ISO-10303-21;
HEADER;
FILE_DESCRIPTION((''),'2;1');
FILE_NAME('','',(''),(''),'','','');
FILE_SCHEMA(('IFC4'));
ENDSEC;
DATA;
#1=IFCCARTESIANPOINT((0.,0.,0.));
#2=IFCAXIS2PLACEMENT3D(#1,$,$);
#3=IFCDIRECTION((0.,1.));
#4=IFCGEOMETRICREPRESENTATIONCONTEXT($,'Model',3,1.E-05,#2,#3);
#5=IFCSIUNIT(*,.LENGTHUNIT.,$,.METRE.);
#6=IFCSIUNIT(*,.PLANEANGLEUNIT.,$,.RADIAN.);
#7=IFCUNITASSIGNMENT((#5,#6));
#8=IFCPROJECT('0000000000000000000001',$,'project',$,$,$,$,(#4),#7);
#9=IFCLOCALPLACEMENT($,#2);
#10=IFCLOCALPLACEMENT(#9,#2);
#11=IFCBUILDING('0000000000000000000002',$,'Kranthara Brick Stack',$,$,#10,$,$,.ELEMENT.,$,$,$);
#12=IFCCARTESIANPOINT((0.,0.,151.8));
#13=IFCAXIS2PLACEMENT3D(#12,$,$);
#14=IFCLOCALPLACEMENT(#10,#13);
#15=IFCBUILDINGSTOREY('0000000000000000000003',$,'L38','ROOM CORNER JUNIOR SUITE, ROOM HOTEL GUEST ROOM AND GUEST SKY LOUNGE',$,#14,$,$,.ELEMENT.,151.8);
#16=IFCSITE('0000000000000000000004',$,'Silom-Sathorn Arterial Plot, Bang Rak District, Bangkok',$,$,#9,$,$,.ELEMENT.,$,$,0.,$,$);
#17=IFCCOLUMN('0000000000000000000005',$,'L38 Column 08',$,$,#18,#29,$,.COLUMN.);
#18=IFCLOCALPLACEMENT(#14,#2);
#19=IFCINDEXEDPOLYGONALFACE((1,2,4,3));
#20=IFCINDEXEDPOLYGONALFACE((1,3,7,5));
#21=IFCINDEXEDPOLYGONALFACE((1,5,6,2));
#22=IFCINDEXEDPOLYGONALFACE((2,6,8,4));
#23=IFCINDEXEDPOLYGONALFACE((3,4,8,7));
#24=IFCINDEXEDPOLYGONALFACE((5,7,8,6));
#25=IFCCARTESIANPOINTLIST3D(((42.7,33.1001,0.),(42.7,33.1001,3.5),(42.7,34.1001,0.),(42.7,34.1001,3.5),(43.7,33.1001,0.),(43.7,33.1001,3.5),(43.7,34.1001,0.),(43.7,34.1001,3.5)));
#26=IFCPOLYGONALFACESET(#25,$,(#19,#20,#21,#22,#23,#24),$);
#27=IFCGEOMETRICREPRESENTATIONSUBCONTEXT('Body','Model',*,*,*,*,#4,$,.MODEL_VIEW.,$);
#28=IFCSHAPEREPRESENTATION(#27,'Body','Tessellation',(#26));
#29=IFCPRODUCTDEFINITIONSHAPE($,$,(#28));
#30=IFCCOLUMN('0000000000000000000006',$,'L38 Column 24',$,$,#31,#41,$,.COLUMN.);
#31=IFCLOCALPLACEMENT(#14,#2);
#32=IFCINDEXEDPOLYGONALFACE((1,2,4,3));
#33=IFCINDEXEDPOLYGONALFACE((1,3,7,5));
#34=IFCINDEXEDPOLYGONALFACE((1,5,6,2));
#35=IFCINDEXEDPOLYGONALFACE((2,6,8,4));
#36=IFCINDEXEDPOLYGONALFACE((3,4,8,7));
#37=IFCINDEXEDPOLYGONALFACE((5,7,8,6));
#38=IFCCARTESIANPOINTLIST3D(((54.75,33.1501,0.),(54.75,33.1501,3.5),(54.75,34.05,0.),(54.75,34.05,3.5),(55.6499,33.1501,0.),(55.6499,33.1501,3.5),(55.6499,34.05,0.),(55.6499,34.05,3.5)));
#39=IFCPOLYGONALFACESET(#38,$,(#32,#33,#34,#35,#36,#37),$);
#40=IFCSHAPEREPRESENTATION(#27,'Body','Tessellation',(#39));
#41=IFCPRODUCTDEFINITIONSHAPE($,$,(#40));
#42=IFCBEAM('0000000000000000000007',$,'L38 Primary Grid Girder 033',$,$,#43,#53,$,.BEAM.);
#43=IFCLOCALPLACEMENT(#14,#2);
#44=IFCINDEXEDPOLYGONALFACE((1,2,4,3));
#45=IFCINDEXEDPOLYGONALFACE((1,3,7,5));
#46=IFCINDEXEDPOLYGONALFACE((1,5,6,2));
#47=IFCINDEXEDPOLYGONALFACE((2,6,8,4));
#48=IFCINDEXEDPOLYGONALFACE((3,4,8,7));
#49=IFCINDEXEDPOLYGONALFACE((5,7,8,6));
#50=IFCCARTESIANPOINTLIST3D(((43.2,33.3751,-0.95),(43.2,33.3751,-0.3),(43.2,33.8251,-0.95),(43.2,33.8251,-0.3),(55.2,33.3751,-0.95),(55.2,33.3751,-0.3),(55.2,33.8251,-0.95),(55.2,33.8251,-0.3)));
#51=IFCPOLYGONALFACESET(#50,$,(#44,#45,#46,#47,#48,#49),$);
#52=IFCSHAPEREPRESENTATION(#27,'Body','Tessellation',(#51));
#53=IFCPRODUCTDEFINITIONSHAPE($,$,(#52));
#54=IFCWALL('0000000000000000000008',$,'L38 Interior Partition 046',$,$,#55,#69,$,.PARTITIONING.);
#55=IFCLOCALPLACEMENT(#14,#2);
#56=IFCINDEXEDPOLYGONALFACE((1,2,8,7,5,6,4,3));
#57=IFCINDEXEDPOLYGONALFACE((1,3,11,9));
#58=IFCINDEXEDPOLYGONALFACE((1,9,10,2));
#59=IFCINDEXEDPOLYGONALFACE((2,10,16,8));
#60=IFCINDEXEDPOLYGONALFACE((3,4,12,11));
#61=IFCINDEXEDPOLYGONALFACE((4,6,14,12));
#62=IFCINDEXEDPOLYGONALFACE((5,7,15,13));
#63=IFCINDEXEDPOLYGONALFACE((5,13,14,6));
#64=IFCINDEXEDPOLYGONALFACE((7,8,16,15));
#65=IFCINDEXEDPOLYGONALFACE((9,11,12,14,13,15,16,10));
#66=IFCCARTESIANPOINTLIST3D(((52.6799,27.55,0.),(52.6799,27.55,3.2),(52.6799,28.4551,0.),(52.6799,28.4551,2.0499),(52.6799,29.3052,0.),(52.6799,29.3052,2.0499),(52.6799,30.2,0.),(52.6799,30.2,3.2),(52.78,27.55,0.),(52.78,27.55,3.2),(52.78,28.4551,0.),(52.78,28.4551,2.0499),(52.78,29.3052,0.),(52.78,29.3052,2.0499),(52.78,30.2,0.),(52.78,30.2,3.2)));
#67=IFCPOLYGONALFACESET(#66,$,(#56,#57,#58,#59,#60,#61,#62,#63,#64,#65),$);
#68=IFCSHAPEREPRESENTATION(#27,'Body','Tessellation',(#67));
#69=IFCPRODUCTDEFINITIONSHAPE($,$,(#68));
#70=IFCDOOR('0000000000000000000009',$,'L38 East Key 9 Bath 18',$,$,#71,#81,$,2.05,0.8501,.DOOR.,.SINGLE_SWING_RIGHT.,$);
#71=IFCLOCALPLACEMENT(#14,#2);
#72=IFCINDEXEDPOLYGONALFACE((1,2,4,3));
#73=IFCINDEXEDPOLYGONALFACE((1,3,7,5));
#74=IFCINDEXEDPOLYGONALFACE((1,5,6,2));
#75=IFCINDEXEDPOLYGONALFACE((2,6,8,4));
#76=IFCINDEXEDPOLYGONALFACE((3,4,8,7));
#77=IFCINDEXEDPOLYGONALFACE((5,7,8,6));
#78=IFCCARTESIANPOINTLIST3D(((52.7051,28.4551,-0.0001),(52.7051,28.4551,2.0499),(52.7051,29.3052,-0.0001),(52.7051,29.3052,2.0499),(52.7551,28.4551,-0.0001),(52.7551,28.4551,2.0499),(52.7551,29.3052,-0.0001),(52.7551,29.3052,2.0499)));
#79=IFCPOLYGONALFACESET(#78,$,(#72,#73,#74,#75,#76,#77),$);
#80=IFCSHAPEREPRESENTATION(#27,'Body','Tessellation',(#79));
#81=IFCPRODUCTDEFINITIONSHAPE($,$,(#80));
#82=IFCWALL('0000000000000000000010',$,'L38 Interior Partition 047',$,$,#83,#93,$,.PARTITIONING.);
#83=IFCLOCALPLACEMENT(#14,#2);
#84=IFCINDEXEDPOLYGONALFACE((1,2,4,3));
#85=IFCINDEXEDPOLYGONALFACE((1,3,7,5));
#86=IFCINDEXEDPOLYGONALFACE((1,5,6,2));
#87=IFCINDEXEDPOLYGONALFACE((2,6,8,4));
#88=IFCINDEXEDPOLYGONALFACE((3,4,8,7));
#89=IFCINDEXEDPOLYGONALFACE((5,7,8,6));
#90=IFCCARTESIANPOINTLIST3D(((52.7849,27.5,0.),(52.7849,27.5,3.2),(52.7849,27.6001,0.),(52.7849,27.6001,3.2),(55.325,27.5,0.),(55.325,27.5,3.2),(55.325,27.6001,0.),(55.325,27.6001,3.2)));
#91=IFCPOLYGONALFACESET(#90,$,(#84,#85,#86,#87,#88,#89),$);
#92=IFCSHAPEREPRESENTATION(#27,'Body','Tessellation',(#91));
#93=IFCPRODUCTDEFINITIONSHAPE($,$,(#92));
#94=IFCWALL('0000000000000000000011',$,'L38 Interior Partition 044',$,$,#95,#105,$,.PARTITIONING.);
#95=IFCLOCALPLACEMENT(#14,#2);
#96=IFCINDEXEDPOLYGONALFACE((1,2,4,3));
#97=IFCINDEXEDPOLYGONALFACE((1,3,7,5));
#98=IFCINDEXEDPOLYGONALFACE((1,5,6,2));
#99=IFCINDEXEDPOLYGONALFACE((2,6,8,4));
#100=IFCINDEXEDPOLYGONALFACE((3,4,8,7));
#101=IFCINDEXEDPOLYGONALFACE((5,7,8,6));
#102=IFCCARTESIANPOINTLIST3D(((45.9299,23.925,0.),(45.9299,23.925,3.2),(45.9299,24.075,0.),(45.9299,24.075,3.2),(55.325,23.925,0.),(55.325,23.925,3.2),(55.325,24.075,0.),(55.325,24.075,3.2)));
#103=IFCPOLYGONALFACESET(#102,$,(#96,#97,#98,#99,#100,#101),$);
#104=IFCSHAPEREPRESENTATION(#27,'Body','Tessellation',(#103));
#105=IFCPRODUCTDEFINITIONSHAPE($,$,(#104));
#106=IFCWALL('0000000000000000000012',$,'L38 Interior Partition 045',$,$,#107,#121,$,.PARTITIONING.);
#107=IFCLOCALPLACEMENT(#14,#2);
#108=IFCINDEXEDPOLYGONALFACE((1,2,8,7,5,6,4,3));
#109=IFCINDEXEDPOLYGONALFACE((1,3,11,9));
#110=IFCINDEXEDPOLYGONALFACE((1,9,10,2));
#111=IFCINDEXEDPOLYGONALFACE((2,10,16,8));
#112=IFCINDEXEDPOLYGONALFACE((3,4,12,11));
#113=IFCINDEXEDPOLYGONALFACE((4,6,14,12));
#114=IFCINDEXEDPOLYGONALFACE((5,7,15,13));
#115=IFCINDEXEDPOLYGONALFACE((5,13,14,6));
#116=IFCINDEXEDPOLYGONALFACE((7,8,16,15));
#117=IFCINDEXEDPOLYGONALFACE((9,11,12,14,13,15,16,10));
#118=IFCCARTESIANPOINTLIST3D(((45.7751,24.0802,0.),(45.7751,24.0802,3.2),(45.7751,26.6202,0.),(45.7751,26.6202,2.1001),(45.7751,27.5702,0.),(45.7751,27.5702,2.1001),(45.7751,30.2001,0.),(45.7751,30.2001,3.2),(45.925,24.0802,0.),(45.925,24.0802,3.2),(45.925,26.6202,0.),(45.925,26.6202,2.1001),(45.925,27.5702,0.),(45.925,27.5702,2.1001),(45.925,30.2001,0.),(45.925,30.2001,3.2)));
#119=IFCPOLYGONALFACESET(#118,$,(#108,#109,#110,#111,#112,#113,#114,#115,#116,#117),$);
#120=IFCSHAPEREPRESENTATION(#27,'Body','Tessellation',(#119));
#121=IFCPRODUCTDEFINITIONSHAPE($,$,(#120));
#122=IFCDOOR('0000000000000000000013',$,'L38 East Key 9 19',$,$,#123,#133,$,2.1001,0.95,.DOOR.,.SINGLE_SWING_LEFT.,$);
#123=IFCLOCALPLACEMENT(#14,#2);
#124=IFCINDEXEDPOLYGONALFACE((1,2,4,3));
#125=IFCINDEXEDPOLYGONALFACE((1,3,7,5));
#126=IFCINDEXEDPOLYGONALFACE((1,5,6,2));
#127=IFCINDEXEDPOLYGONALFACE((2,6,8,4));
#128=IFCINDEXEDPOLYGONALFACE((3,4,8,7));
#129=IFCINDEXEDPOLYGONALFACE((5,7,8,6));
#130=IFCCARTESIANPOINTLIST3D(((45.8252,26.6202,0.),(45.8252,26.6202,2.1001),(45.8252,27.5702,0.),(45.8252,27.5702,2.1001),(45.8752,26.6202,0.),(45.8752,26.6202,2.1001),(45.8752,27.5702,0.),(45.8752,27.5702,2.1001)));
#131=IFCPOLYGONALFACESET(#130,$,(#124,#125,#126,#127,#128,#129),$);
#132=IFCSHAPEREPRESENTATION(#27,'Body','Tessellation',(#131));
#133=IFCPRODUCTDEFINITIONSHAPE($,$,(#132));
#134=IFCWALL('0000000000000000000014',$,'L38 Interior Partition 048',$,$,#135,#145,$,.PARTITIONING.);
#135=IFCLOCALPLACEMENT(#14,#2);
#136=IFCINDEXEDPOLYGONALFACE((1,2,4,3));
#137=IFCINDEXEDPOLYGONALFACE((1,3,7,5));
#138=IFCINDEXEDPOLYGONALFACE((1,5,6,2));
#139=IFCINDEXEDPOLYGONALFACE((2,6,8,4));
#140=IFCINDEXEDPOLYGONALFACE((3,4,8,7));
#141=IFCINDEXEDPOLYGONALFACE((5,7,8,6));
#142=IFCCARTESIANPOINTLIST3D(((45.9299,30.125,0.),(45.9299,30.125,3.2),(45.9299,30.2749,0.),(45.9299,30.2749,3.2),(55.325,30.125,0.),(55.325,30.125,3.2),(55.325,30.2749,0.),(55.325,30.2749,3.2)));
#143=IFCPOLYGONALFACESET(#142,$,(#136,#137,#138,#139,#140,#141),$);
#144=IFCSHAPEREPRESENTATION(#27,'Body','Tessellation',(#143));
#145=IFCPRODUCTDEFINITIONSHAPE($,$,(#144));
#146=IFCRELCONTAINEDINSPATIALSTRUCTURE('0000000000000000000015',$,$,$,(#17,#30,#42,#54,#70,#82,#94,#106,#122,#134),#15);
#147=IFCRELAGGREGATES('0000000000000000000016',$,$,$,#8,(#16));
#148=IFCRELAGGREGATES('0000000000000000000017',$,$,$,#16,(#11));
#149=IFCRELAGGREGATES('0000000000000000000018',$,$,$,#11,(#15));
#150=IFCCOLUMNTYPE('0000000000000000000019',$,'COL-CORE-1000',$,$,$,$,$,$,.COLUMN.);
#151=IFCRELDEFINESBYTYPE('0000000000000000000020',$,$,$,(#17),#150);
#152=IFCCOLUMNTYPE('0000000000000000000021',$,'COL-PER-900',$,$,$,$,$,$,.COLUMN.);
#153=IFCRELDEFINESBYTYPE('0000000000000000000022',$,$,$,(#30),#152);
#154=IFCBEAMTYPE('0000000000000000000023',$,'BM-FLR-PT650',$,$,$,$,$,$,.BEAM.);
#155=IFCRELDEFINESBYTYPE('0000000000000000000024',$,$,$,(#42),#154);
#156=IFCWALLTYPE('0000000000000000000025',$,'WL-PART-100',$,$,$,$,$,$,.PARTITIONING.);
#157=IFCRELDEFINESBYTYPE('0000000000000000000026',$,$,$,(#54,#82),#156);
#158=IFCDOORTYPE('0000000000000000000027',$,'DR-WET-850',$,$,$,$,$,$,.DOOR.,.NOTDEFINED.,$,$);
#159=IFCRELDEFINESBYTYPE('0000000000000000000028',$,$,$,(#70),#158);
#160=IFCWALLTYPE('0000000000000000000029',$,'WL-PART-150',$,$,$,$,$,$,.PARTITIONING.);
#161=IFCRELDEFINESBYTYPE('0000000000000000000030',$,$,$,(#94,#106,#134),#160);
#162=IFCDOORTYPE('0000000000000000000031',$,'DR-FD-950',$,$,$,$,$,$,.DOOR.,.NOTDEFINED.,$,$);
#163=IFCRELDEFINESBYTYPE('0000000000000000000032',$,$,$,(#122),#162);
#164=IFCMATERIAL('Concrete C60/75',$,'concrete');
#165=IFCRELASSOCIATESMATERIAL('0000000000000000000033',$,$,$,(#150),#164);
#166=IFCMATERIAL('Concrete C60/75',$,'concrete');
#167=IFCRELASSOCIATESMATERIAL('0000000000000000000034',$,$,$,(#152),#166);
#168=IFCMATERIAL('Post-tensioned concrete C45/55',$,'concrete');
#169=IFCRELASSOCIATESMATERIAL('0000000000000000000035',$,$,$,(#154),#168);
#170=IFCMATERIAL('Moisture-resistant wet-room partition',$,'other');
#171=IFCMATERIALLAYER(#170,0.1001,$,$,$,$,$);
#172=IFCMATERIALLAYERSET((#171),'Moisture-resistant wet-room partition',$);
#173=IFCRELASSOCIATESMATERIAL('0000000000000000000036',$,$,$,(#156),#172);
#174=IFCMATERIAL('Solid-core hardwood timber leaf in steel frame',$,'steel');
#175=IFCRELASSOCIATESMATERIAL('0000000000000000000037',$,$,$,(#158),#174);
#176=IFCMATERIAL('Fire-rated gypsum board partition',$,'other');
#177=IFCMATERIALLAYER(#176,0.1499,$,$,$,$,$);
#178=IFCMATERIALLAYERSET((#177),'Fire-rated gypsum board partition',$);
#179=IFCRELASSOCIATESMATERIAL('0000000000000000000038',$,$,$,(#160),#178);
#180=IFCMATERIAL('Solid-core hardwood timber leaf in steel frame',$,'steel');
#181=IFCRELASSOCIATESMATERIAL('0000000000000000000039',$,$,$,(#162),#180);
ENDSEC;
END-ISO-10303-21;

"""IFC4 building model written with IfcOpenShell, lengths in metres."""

from ifc_helpers import new_model, si_unit, direction, frame, frame_2d, origin, origin_2d, place, context, subcontext, project, spatial, rectangle, extrude, material, layer, layer_set, material_profile, profile_set, type_object, element, fill, save


model = new_model("IFC4")

# Units and contexts
model_context = context("Model", 3, precision=1e-05, world=origin(), true_north=direction((0.0, 1.0)))
body_context = subcontext(model_context, "Body", "Model", "MODEL_VIEW")
ifc_project = project(units=[si_unit("LENGTHUNIT", "METRE"), si_unit("PLANEANGLEUNIT", "RADIAN")], contexts=[model_context])

# Site, building, storey
site_placement = place(None, origin())
site = spatial("IfcSite", under=ifc_project, at=site_placement, Name="Silom-Sathorn Arterial Plot, Bang Rak District, Bangkok", CompositionType="ELEMENT", RefElevation=0.0)
building_placement = place(site_placement, origin())
building = spatial("IfcBuilding", under=site, at=building_placement, Name="Kranthara Brick Stack", CompositionType="ELEMENT")
storey_placement = place(building_placement, frame((0.0, 0.0, 151.8)))
storey = spatial("IfcBuildingStorey", under=building, at=storey_placement, Name="L38", Description="ROOM CORNER JUNIOR SUITE, ROOM HOTEL GUEST ROOM AND GUEST SKY LOUNGE", CompositionType="ELEMENT", Elevation=151.8)

# Columns
ifc_material_1 = material(Name="Concrete C60/75", Category="concrete")
ifc_material_profile_1 = material_profile(ifc_material_1, rectangle(XDim=1.0, YDim=1.0, at=origin_2d()), Name="RC 1000x1000")
ifc_profile_set_1 = profile_set([ifc_material_profile_1], Name="Concrete C60/75")
column_type_1 = type_object("IfcColumnType", Name="COL-CORE-1000", PredefinedType="COLUMN", material=ifc_profile_set_1)
column_1_placement = place(storey_placement, frame((43.2, 33.6001, 0.0), z_axis=(0.0, 0.0, 1.0), x_axis=(1.0, 0.0, 0.0)))
element("IfcColumn", 1, at=column_1_placement, inside=storey, type_object=column_type_1, Name="L38 Column 08", PredefinedType="COLUMN", context=body_context, shape_type="SweptSolid", body=[
    extrude(rectangle(XDim=1.0, YDim=1.0, at=origin_2d()), origin(), (0.0, 0.0, 1.0), 3.5),
])
ifc_material_2 = material(Name="Concrete C60/75", Category="concrete")
ifc_material_profile_2 = material_profile(ifc_material_2, rectangle(XDim=0.8999, YDim=0.8999, at=origin_2d()), Name="RC 900x900")
ifc_profile_set_2 = profile_set([ifc_material_profile_2], Name="Concrete C60/75")
column_type_2 = type_object("IfcColumnType", Name="COL-PER-900", PredefinedType="COLUMN", material=ifc_profile_set_2)
column_2_placement = place(storey_placement, frame((55.2, 33.6001, 0.0), z_axis=(0.0, 0.0, 1.0), x_axis=(1.0, 0.0, 0.0)))
element("IfcColumn", 2, at=column_2_placement, inside=storey, type_object=column_type_2, Name="L38 Column 24", PredefinedType="COLUMN", context=body_context, shape_type="SweptSolid", body=[
    extrude(rectangle(XDim=0.8999, YDim=0.8999, at=origin_2d()), origin(), (0.0, 0.0, 1.0), 3.5),
])

# Beam
ifc_material_3 = material(Name="Post-tensioned concrete C45/55", Category="concrete")
ifc_material_profile_3 = material_profile(ifc_material_3, rectangle(XDim=0.45, YDim=0.6499, at=origin_2d()), Name="PT 450x650")
ifc_profile_set_3 = profile_set([ifc_material_profile_3], Name="Post-tensioned concrete C45/55")
beam_type = type_object("IfcBeamType", Name="BM-FLR-PT650", PredefinedType="BEAM", material=ifc_profile_set_3)
beam_placement = place(storey_placement, frame((43.2, 33.6001, -0.625), z_axis=(1.0, 0.0, 0.0), x_axis=(0.0, 1.0, 0.0)))
element("IfcBeam", 3, at=beam_placement, inside=storey, type_object=beam_type, Name="L38 Primary Grid Girder 033", PredefinedType="BEAM", context=body_context, shape_type="SweptSolid", body=[
    extrude(rectangle(XDim=0.45, YDim=0.6499, at=origin_2d()), origin(), (0.0, 0.0, 1.0), 12.0),
])

# Wall, opening, door
ifc_material_4 = material(Name="Moisture-resistant wet-room partition", Category="other")
ifc_layer_1 = layer(ifc_material_4, 0.1001)
ifc_layer_set_1 = layer_set([ifc_layer_1], Name="Moisture-resistant wet-room partition")
wall_type_1 = type_object("IfcWallType", Name="WL-PART-100", PredefinedType="PARTITIONING", material=ifc_layer_set_1)
wall_1_placement = place(storey_placement, frame((52.73, 27.55, 0.0), z_axis=(0.0, 0.0, 1.0), x_axis=(0.0, 1.0, 0.0)))
wall_1 = element("IfcWall", 4, at=wall_1_placement, inside=storey, type_object=wall_type_1, Name="L38 Interior Partition 046", PredefinedType="PARTITIONING", context=body_context, shape_type="SweptSolid", body=[
    extrude(rectangle(XDim=2.6499, YDim=0.1001, at=frame_2d((1.325, 0.0))), origin(), (0.0, 0.0, 1.0), 3.2),
])
opening_1_placement = place(wall_1_placement, frame((0.905, 0.0, 0.0)))
opening_1 = element("IfcOpeningElement", 5, at=opening_1_placement, cuts=wall_1, PredefinedType="OPENING", context=body_context, shape_type="SweptSolid", body=[
    extrude(rectangle(XDim=0.8501, YDim=2.05, at=frame_2d((0.425, 1.0249))), frame((0.0, 0.0601, 0.0), z_axis=(0.0, -1.0, 0.0), x_axis=(1.0, 0.0, 0.0)), (0.0, 0.0, 1.0), 0.1201),
])
ifc_material_5 = material(Name="Solid-core hardwood timber leaf in steel frame", Category="steel")
door_type_1 = type_object("IfcDoorType", Name="DR-WET-850", OperationType="NOTDEFINED", PredefinedType="DOOR", material=ifc_material_5)
door_1_placement = place(opening_1_placement, origin())
door_1 = element("IfcDoor", 6, at=door_1_placement, inside=storey, type_object=door_type_1, Name="L38 East Key 9 Bath 18", OperationType="SINGLE_SWING_RIGHT", OverallHeight=2.05, OverallWidth=0.8501, PredefinedType="DOOR", context=body_context, shape_type="SweptSolid", body=[
    extrude(rectangle(XDim=0.8501, YDim=2.05, at=frame_2d((0.425, 1.0249))), frame((0.0, 0.0249, 0.0), z_axis=(0.0, -1.0, 0.0), x_axis=(1.0, 0.0, 0.0)), (0.0, 0.0, 1.0), 0.05),
])
fill(opening_1, door_1)

# Walls
wall_2_placement = place(storey_placement, frame((52.7849, 27.55, 0.0), z_axis=(0.0, 0.0, 1.0), x_axis=(1.0, 0.0, 0.0)))
element("IfcWall", 7, at=wall_2_placement, inside=storey, type_object=wall_type_1, Name="L38 Interior Partition 047", PredefinedType="PARTITIONING", context=body_context, shape_type="SweptSolid", body=[
    extrude(rectangle(XDim=2.54, YDim=0.1001, at=frame_2d((1.27, 0.0))), origin(), (0.0, 0.0, 1.0), 3.2),
])
ifc_material_6 = material(Name="Fire-rated gypsum board partition", Category="other")
ifc_layer_2 = layer(ifc_material_6, 0.1499)
ifc_layer_set_2 = layer_set([ifc_layer_2], Name="Fire-rated gypsum board partition")
wall_type_2 = type_object("IfcWallType", Name="WL-PART-150", PredefinedType="PARTITIONING", material=ifc_layer_set_2)
wall_3_placement = place(storey_placement, frame((45.9299, 24.0, 0.0), z_axis=(0.0, 0.0, 1.0), x_axis=(1.0, 0.0, 0.0)))
element("IfcWall", 8, at=wall_3_placement, inside=storey, type_object=wall_type_2, Name="L38 Interior Partition 044", PredefinedType="PARTITIONING", context=body_context, shape_type="SweptSolid", body=[
    extrude(rectangle(XDim=9.395, YDim=0.1499, at=frame_2d((4.6975, 0.0))), origin(), (0.0, 0.0, 1.0), 3.2),
])

# Wall, opening, door
wall_4_placement = place(storey_placement, frame((45.8501, 24.0801, 0.0), z_axis=(0.0, 0.0, 1.0), x_axis=(0.0, 1.0, 0.0)))
wall_4 = element("IfcWall", 9, at=wall_4_placement, inside=storey, type_object=wall_type_2, Name="L38 Interior Partition 045", PredefinedType="PARTITIONING", context=body_context, shape_type="SweptSolid", body=[
    extrude(rectangle(XDim=6.1199, YDim=0.1499, at=frame_2d((3.0601, 0.0))), origin(), (0.0, 0.0, 1.0), 3.2),
])
opening_2_placement = place(wall_4_placement, frame((2.54, 0.0, 0.0)))
opening_2 = element("IfcOpeningElement", 10, at=opening_2_placement, cuts=wall_4, PredefinedType="OPENING", context=body_context, shape_type="SweptSolid", body=[
    extrude(rectangle(XDim=0.95, YDim=2.1001, at=frame_2d((0.4751, 1.05))), frame((0.0, 0.085, 0.0), z_axis=(0.0, -1.0, 0.0), x_axis=(1.0, 0.0, 0.0)), (0.0, 0.0, 1.0), 0.1699),
])
ifc_material_7 = material(Name="Solid-core hardwood timber leaf in steel frame", Category="steel")
door_type_2 = type_object("IfcDoorType", Name="DR-FD-950", OperationType="NOTDEFINED", PredefinedType="DOOR", material=ifc_material_7)
door_2_placement = place(opening_2_placement, origin())
door_2 = element("IfcDoor", 11, at=door_2_placement, inside=storey, type_object=door_type_2, Name="L38 East Key 9 19", OperationType="SINGLE_SWING_LEFT", OverallHeight=2.1001, OverallWidth=0.95, PredefinedType="DOOR", context=body_context, shape_type="SweptSolid", body=[
    extrude(rectangle(XDim=0.95, YDim=2.1001, at=frame_2d((0.4751, 1.05))), frame((0.0, 0.0249, 0.0), z_axis=(0.0, -1.0, 0.0), x_axis=(1.0, 0.0, 0.0)), (0.0, 0.0, 1.0), 0.05),
])
fill(opening_2, door_2)

# Wall
wall_5_placement = place(storey_placement, frame((45.9299, 30.2, 0.0), z_axis=(0.0, 0.0, 1.0), x_axis=(1.0, 0.0, 0.0)))
element("IfcWall", 12, at=wall_5_placement, inside=storey, type_object=wall_type_2, Name="L38 Interior Partition 048", PredefinedType="PARTITIONING", context=body_context, shape_type="SweptSolid", body=[
    extrude(rectangle(XDim=9.395, YDim=0.1499, at=frame_2d((4.6975, 0.0))), origin(), (0.0, 0.0, 1.0), 3.2),
])

save(model, "model.ifc")
